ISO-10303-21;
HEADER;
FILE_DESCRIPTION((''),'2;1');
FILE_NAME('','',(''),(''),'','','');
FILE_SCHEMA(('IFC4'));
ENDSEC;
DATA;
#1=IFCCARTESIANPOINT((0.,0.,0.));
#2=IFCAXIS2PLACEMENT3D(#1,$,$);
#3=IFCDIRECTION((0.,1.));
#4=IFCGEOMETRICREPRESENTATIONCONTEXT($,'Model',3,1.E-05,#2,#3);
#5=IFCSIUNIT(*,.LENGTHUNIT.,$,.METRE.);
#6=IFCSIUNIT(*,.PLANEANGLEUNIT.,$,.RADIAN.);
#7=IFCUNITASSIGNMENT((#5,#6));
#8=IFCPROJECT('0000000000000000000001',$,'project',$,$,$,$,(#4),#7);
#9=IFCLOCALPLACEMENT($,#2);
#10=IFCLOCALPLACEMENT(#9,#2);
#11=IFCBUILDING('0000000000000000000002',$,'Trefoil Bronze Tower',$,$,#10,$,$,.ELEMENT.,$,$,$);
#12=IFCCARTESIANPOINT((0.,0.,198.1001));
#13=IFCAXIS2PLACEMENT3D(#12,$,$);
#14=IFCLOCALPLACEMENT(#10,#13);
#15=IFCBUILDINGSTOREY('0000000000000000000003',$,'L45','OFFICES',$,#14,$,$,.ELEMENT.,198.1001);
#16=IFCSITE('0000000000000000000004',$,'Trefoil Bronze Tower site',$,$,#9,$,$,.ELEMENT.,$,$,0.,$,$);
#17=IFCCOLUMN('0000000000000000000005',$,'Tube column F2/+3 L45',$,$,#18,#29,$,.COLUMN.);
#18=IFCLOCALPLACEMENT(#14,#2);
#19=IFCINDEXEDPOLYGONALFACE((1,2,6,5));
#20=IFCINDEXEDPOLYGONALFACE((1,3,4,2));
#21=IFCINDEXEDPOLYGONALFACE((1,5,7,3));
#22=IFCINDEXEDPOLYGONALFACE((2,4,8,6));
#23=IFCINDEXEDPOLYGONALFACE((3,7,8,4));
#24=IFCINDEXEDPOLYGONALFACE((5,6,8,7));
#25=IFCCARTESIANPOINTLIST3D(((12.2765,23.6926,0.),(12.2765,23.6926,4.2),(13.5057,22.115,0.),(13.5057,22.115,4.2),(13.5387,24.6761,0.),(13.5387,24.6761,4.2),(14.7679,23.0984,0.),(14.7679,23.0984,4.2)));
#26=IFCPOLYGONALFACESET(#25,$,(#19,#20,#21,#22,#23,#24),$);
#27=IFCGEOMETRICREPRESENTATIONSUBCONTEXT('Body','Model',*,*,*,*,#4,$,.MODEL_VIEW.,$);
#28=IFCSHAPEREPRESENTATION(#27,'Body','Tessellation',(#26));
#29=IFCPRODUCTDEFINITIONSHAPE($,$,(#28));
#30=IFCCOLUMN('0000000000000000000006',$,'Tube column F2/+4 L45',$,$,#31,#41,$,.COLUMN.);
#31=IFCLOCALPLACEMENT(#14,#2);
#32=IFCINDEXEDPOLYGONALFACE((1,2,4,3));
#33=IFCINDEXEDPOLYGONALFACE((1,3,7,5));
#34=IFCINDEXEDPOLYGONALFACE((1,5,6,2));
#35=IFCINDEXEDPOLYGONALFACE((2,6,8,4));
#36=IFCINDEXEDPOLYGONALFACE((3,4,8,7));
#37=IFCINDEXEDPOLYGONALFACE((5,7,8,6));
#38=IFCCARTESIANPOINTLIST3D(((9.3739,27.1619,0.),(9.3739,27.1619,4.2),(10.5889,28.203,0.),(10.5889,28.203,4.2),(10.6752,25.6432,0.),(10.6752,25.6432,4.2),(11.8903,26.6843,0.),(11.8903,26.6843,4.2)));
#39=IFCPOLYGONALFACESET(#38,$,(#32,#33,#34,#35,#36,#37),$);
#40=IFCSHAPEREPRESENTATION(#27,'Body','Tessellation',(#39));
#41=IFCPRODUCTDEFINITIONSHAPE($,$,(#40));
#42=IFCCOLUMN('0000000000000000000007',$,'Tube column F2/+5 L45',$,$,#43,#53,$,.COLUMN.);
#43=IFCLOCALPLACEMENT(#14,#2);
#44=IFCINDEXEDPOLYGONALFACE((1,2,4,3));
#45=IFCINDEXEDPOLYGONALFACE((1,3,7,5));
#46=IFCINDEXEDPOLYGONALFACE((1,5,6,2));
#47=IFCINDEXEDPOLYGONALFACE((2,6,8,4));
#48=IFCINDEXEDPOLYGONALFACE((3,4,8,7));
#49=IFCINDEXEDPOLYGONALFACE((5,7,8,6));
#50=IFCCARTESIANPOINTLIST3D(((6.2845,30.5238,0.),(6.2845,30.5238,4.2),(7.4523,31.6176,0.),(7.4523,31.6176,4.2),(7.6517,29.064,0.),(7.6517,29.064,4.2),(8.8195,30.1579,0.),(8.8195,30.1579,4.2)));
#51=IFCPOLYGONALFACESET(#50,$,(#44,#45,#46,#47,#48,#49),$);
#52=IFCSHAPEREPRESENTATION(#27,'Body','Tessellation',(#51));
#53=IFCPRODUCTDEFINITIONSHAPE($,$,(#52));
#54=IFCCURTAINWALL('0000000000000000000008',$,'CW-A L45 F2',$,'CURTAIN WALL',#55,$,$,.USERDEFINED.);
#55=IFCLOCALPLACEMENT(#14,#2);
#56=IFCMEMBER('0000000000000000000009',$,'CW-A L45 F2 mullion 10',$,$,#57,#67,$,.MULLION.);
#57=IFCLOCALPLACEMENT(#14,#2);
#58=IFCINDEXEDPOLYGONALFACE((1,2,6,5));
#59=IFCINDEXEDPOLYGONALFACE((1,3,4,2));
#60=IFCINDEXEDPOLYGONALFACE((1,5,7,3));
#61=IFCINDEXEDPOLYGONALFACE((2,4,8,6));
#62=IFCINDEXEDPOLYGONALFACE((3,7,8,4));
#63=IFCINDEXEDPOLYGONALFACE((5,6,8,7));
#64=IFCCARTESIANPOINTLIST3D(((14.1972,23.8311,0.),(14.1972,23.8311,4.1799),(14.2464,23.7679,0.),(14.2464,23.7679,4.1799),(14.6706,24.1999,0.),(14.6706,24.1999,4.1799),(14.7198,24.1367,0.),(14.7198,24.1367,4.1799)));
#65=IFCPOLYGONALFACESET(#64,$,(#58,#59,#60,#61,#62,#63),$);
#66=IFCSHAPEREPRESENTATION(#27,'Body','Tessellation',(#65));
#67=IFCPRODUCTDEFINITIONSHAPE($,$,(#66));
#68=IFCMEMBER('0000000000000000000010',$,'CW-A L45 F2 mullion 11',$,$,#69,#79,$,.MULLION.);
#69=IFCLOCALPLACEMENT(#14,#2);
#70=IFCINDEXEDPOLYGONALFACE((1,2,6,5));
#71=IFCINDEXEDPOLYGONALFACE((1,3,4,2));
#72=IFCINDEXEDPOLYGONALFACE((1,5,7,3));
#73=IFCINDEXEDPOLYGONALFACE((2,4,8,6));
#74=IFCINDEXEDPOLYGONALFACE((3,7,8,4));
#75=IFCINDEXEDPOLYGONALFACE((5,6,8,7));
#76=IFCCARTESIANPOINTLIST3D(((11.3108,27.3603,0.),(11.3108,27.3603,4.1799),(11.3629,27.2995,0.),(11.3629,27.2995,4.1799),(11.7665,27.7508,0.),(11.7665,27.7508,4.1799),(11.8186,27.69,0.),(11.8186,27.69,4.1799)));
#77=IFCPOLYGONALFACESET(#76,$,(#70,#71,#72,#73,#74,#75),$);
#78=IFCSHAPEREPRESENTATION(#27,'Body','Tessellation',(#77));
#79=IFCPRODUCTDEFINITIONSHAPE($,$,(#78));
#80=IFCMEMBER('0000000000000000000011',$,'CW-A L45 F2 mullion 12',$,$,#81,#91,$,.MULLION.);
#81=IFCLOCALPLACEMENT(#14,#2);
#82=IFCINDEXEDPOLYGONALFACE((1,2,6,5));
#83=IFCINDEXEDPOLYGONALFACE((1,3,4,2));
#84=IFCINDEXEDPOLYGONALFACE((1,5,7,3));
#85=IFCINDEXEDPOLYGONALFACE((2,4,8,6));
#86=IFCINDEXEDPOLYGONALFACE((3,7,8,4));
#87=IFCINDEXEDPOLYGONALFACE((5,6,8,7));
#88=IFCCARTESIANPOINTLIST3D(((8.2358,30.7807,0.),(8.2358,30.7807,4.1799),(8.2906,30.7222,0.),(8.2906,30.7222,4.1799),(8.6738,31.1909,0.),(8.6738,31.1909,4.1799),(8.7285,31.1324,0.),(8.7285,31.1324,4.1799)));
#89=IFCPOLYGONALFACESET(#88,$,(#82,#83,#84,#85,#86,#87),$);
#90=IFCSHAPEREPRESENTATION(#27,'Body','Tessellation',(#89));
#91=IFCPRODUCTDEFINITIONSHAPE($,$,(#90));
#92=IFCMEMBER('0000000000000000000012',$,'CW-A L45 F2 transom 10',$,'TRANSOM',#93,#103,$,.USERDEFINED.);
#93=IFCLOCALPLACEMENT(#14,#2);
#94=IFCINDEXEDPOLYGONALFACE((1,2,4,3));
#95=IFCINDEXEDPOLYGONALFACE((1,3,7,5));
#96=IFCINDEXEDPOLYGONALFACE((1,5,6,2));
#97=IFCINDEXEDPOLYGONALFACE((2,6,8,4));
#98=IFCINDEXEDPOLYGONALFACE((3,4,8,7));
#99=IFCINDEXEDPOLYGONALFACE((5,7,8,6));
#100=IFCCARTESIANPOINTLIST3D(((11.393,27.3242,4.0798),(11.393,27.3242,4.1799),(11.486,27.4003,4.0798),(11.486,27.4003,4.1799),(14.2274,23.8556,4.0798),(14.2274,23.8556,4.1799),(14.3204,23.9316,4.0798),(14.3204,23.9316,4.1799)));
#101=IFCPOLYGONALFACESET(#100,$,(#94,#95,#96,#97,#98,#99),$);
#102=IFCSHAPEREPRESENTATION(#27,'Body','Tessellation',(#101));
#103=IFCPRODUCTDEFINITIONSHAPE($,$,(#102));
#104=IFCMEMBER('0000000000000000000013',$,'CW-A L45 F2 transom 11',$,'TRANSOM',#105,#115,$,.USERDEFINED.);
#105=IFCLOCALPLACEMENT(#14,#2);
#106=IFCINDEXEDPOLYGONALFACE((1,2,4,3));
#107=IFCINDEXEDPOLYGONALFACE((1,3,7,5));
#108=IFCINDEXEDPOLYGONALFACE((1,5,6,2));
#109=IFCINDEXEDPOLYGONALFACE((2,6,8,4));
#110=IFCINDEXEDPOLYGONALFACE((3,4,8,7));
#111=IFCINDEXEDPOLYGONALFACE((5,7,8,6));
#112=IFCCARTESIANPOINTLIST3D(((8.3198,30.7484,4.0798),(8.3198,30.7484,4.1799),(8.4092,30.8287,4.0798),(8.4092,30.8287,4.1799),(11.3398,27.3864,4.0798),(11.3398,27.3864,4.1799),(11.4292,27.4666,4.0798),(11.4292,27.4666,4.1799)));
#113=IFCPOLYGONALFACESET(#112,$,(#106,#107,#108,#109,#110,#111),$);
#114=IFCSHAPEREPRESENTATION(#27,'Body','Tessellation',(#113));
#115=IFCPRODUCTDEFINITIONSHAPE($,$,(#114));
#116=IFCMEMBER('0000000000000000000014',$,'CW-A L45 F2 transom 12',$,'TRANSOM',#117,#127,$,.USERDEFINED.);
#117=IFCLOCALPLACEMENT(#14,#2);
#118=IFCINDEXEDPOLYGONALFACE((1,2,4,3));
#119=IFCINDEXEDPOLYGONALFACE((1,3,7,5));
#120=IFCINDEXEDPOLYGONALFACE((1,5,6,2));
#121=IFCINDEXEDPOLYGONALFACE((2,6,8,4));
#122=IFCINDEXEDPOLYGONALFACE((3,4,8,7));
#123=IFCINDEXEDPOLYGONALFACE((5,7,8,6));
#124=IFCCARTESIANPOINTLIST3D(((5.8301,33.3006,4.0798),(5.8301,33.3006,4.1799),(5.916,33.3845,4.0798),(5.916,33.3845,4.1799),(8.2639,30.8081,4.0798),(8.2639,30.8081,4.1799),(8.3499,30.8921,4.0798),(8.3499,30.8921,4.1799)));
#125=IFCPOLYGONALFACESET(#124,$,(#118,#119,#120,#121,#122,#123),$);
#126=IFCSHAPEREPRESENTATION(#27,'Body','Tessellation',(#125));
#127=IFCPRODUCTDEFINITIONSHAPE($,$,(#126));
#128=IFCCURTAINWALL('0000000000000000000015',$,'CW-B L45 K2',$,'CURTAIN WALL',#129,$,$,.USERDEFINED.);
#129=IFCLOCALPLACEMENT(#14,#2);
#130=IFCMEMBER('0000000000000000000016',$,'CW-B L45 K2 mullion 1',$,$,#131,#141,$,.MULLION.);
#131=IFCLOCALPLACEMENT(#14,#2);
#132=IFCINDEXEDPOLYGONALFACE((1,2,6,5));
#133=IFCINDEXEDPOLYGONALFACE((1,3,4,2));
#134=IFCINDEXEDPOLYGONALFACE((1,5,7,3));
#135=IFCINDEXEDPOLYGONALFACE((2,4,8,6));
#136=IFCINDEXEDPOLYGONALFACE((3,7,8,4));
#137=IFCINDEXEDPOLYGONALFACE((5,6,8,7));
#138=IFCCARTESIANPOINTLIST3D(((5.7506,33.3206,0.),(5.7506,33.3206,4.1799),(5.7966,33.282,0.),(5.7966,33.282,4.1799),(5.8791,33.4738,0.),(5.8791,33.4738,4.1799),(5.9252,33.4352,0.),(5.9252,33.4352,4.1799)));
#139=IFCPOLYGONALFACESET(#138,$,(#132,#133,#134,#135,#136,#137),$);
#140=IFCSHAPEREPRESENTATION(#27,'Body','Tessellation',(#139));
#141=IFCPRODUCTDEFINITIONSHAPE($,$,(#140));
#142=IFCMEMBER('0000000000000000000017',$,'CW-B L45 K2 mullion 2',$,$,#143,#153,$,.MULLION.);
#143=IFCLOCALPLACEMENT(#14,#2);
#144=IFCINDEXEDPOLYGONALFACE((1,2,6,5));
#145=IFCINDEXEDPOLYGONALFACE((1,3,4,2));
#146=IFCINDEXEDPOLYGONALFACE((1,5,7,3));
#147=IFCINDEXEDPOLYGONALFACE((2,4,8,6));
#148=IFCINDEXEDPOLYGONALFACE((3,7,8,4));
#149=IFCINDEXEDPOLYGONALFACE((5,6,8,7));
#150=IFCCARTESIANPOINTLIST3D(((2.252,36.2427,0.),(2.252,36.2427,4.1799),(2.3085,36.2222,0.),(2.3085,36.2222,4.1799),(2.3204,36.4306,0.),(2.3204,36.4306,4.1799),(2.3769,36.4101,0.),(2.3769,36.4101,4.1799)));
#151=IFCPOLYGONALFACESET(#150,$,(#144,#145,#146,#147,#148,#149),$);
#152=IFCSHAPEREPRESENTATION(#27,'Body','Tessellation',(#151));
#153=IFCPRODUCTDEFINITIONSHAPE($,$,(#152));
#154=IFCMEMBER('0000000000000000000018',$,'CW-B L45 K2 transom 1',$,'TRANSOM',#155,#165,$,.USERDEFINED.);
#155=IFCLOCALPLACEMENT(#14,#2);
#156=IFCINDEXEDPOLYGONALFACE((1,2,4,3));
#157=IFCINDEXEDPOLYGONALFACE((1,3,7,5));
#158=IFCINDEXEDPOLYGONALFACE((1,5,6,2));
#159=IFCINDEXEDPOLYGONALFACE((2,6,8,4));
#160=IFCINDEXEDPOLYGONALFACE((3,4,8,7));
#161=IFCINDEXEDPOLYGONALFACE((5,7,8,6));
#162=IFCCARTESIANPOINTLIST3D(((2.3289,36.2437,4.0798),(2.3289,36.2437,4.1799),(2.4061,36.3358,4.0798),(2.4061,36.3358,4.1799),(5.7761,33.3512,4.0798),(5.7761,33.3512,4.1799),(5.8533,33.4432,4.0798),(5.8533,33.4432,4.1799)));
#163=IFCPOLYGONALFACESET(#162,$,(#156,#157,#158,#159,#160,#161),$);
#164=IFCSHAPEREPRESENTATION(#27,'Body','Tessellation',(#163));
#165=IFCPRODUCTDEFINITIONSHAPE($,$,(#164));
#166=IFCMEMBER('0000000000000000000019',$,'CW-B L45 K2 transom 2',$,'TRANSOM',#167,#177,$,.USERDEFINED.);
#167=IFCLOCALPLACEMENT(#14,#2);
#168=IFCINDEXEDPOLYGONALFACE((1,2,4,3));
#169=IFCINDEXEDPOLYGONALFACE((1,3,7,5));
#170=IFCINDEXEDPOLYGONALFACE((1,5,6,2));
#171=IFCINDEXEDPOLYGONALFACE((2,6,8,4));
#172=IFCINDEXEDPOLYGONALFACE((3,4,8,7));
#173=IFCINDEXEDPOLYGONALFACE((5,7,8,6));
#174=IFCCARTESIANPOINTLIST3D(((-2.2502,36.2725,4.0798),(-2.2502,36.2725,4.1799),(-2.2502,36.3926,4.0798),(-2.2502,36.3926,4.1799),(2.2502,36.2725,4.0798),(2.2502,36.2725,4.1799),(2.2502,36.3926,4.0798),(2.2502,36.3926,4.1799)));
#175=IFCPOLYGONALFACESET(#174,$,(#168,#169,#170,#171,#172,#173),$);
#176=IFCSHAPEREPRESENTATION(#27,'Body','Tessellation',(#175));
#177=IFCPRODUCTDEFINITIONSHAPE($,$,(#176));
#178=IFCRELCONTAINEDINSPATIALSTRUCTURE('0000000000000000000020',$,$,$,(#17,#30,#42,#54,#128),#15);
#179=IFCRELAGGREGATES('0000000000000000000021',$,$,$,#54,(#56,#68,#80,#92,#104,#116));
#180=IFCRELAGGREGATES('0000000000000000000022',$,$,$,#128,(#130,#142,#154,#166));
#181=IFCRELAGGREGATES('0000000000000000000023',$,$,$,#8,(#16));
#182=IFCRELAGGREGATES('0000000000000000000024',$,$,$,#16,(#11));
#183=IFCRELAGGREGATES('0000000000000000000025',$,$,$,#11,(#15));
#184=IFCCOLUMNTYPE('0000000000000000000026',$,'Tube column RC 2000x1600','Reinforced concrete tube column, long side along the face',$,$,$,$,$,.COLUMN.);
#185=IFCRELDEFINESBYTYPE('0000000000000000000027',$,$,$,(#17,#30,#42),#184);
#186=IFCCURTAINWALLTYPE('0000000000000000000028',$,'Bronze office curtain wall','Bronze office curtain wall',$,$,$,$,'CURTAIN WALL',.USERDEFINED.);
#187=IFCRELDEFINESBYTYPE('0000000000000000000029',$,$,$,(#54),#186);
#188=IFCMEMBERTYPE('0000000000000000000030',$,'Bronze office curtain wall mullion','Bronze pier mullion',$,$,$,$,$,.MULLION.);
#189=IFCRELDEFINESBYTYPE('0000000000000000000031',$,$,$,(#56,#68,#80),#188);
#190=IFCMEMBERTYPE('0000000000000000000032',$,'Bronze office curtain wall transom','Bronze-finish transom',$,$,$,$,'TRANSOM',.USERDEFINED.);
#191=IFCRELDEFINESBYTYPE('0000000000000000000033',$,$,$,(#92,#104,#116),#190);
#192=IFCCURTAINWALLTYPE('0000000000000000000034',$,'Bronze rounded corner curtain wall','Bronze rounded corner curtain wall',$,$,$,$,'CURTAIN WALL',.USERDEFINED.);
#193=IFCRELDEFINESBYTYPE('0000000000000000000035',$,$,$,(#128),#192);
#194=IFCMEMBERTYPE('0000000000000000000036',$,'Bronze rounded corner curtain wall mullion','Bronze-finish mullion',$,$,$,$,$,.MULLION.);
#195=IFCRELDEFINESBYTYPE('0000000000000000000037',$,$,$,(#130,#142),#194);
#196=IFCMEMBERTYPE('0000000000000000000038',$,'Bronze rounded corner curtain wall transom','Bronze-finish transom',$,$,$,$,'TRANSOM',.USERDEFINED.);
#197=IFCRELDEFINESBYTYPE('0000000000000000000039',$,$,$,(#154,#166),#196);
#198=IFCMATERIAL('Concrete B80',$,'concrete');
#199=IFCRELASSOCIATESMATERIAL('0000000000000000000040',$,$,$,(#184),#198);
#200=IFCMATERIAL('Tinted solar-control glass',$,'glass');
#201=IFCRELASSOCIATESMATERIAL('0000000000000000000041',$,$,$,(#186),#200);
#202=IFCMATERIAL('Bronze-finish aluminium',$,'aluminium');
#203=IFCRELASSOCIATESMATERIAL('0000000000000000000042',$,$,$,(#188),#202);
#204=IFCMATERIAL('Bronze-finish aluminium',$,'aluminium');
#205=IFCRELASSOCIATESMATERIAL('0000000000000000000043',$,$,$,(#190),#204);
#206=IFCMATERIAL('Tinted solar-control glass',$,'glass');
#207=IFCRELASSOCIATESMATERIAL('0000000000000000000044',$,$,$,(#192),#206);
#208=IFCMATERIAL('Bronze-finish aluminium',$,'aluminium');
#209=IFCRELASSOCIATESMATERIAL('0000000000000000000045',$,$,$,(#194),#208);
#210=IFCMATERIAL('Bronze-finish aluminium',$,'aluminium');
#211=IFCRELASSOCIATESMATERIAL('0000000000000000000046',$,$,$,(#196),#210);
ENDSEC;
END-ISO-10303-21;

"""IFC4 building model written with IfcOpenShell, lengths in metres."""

from ifc_helpers import new_model, si_unit, direction, frame, origin, origin_2d, place, context, subcontext, project, spatial, rectangle, extrude, material, material_profile, profile_set, type_object, element, aggregate, save


model = new_model("IFC4")

# Units and contexts
model_context = context("Model", 3, precision=1e-05, world=origin(), true_north=direction((0.0, 1.0)))
body_context = subcontext(model_context, "Body", "Model", "MODEL_VIEW")
ifc_project = project(units=[si_unit("LENGTHUNIT", "METRE"), si_unit("PLANEANGLEUNIT", "RADIAN")], contexts=[model_context])

# Site, building, storey
site_placement = place(None, origin())
site = spatial("IfcSite", under=ifc_project, at=site_placement, Name="Trefoil Bronze Tower site", CompositionType="ELEMENT", RefElevation=0.0)
building_placement = place(site_placement, origin())
building = spatial("IfcBuilding", under=site, at=building_placement, Name="Trefoil Bronze Tower", CompositionType="ELEMENT")
storey_placement = place(building_placement, frame((0.0, 0.0, 198.1001)))
storey = spatial("IfcBuildingStorey", under=building, at=storey_placement, Name="L45", Description="OFFICES", CompositionType="ELEMENT", Elevation=198.1001)

# Columns
ifc_material_1 = material(Name="Concrete B80", Category="concrete")
ifc_material_profile_1 = material_profile(ifc_material_1, rectangle(XDim=2.0, YDim=1.6001, at=origin_2d()), Name="RC 2000x1600")
ifc_profile_set_1 = profile_set([ifc_material_profile_1], Name="Concrete B80")
column_type = type_object("IfcColumnType", Name="Tube column RC 2000x1600", Description="Reinforced concrete tube column, long side along the face", PredefinedType="COLUMN", material=ifc_profile_set_1)
for number, where, z_axis, x_axis, name in (
    (1, (13.5222, 23.3955, 0.0), (0.0, 0.0, 1.0), (-0.614622, 0.788821, 0.0), "Tube column F2/+3 L45"),
    (2, (10.6321, 26.9231, 0.0), (0.0, 0.0, 1.0), (-0.650677, 0.759355, 0.0), "Tube column F2/+4 L45"),
    (3, (7.552, 30.3408, 0.0), (0.0, 0.0, 1.0), (-0.683597, 0.72986, 0.0), "Tube column F2/+5 L45"),
):
    element("IfcColumn", number, at=place(storey_placement, frame(where, z_axis=z_axis, x_axis=x_axis)), inside=storey, type_object=column_type, Name=name, PredefinedType="COLUMN", context=body_context, shape_type="SweptSolid", body=[
        extrude(rectangle(XDim=2.0, YDim=1.6001, at=origin_2d()), origin(), (0.0, 0.0, 1.0), 4.2),
    ])

# Curtain walls, members
ifc_material_2 = material(Name="Tinted solar-control glass", Category="glass")
curtain_wall_type_1 = type_object("IfcCurtainWallType", Name="Bronze office curtain wall", Description="Bronze office curtain wall", ElementType="CURTAIN WALL", PredefinedType="USERDEFINED", material=ifc_material_2)
curtain_wall_1_placement = place(storey_placement, origin())
curtain_wall_1 = element("IfcCurtainWall", 4, at=curtain_wall_1_placement, inside=storey, type_object=curtain_wall_type_1, Name="CW-A L45 F2", ObjectType="CURTAIN WALL", PredefinedType="USERDEFINED")
ifc_material_3 = material(Name="Bronze-finish aluminium", Category="aluminium")
ifc_material_profile_2 = material_profile(ifc_material_3, rectangle(XDim=0.6001, YDim=0.0801, at=origin_2d()), Name="CW-A mullion")
ifc_profile_set_2 = profile_set([ifc_material_profile_2], Name="Bronze-finish aluminium")
member_type_1 = type_object("IfcMemberType", Name="Bronze office curtain wall mullion", Description="Bronze pier mullion", PredefinedType="MULLION", material=ifc_profile_set_2)
member_1_placement = place(storey_placement, frame((14.4585, 23.9839, 0.0), z_axis=(0.0, 0.0, 1.0), x_axis=(-0.788821, -0.614622, 0.0)))
member_1 = element("IfcMember", 5, at=member_1_placement, type_object=member_type_1, Name="CW-A L45 F2 mullion 10", PredefinedType="MULLION", context=body_context, shape_type="SweptSolid", body=[
    extrude(rectangle(XDim=0.6001, YDim=0.0801, at=origin_2d()), origin(), (0.0, 0.0, 1.0), 4.1799),
])
member_2_placement = place(storey_placement, frame((11.5647, 27.5251, 0.0), z_axis=(0.0, 0.0, 1.0), x_axis=(-0.759355, -0.650677, 0.0)))
member_2 = element("IfcMember", 6, at=member_2_placement, type_object=member_type_1, Name="CW-A L45 F2 mullion 11", PredefinedType="MULLION", context=body_context, shape_type="SweptSolid", body=[
    extrude(rectangle(XDim=0.6001, YDim=0.0801, at=origin_2d()), origin(), (0.0, 0.0, 1.0), 4.1799),
])
member_3_placement = place(storey_placement, frame((8.4822, 30.9565, 0.0), z_axis=(0.0, 0.0, 1.0), x_axis=(-0.72986, -0.683597, 0.0)))
member_3 = element("IfcMember", 7, at=member_3_placement, type_object=member_type_1, Name="CW-A L45 F2 mullion 12", PredefinedType="MULLION", context=body_context, shape_type="SweptSolid", body=[
    extrude(rectangle(XDim=0.6001, YDim=0.0801, at=origin_2d()), origin(), (0.0, 0.0, 1.0), 4.1799),
])
ifc_material_4 = material(Name="Bronze-finish aluminium", Category="aluminium")
ifc_material_profile_3 = material_profile(ifc_material_4, rectangle(XDim=0.1201, YDim=0.1001, at=origin_2d()), Name="CW-A transom")
ifc_profile_set_3 = profile_set([ifc_material_profile_3], Name="Bronze-finish aluminium")
member_type_2 = type_object("IfcMemberType", Name="Bronze office curtain wall transom", Description="Bronze-finish transom", ElementType="TRANSOM", PredefinedType="USERDEFINED", material=ifc_profile_set_3)
member_4_placement = place(storey_placement, frame((14.2739, 23.8936, 4.1299), z_axis=(-0.632757, 0.774351, 0.0), x_axis=(-0.774351, -0.632757, 0.0)))
member_4 = element("IfcMember", 8, at=member_4_placement, type_object=member_type_2, Name="CW-A L45 F2 transom 10", ObjectType="TRANSOM", PredefinedType="USERDEFINED", context=body_context, shape_type="SweptSolid", body=[
    extrude(rectangle(XDim=0.1201, YDim=0.1001, at=origin_2d()), origin(), (0.0, 0.0, 1.0), 4.4795),
])
member_5_placement = place(storey_placement, frame((11.3845, 27.4265, 4.1299), z_axis=(-0.668251, 0.743936, 0.0), x_axis=(-0.743936, -0.668251, 0.0)))
member_5 = element("IfcMember", 9, at=member_5_placement, type_object=member_type_2, Name="CW-A L45 F2 transom 11", ObjectType="TRANSOM", PredefinedType="USERDEFINED", context=body_context, shape_type="SweptSolid", body=[
    extrude(rectangle(XDim=0.1201, YDim=0.1001, at=origin_2d()), origin(), (0.0, 0.0, 1.0), 4.5193),
])
member_6_placement = place(storey_placement, frame((8.3069, 30.8501, 4.1299), z_axis=(-0.698647, 0.715467, 0.0), x_axis=(-0.715467, -0.698647, 0.0)))
member_6 = element("IfcMember", 10, at=member_6_placement, type_object=member_type_2, Name="CW-A L45 F2 transom 12", ObjectType="TRANSOM", PredefinedType="USERDEFINED", context=body_context, shape_type="SweptSolid", body=[
    extrude(rectangle(XDim=0.1201, YDim=0.1001, at=origin_2d()), origin(), (0.0, 0.0, 1.0), 3.4836),
])
ifc_material_5 = material(Name="Tinted solar-control glass", Category="glass")
curtain_wall_type_2 = type_object("IfcCurtainWallType", Name="Bronze rounded corner curtain wall", Description="Bronze rounded corner curtain wall", ElementType="CURTAIN WALL", PredefinedType="USERDEFINED", material=ifc_material_5)
curtain_wall_2_placement = place(storey_placement, origin())
curtain_wall_2 = element("IfcCurtainWall", 11, at=curtain_wall_2_placement, inside=storey, type_object=curtain_wall_type_2, Name="CW-B L45 K2", ObjectType="CURTAIN WALL", PredefinedType="USERDEFINED")
ifc_material_6 = material(Name="Bronze-finish aluminium", Category="aluminium")
ifc_material_profile_4 = material_profile(ifc_material_6, rectangle(XDim=0.2, YDim=0.0601, at=origin_2d()), Name="CW-B mullion")
ifc_profile_set_4 = profile_set([ifc_material_profile_4], Name="Bronze-finish aluminium")
member_type_3 = type_object("IfcMemberType", Name="Bronze rounded corner curtain wall mullion", Description="Bronze-finish mullion", PredefinedType="MULLION", material=ifc_profile_set_4)
member_7_placement = place(storey_placement, frame((5.8379, 33.3779, 0.0), z_axis=(0.0, 0.0, 1.0), x_axis=(-0.642788, -0.766044, 0.0)))
member_7 = element("IfcMember", 12, at=member_7_placement, type_object=member_type_3, Name="CW-B L45 K2 mullion 1", PredefinedType="MULLION", context=body_context, shape_type="SweptSolid", body=[
    extrude(rectangle(XDim=0.2, YDim=0.0601, at=origin_2d()), origin(), (0.0, 0.0, 1.0), 4.1799),
])
member_8_placement = place(storey_placement, frame((2.3145, 36.3264, 0.0), z_axis=(0.0, 0.0, 1.0), x_axis=(-0.34202, -0.939693, 0.0)))
member_8 = element("IfcMember", 13, at=member_8_placement, type_object=member_type_3, Name="CW-B L45 K2 mullion 2", PredefinedType="MULLION", context=body_context, shape_type="SweptSolid", body=[
    extrude(rectangle(XDim=0.2, YDim=0.0601, at=origin_2d()), origin(), (0.0, 0.0, 1.0), 4.1799),
])
ifc_material_7 = material(Name="Bronze-finish aluminium", Category="aluminium")
ifc_material_profile_5 = material_profile(ifc_material_7, rectangle(XDim=0.1201, YDim=0.1001, at=origin_2d()), Name="CW-B transom")
ifc_profile_set_5 = profile_set([ifc_material_profile_5], Name="Bronze-finish aluminium")
member_type_4 = type_object("IfcMemberType", Name="Bronze rounded corner curtain wall transom", Description="Bronze-finish transom", ElementType="TRANSOM", PredefinedType="USERDEFINED", material=ifc_profile_set_5)
member_9_placement = place(storey_placement, frame((5.8147, 33.3972, 4.1299), z_axis=(-0.766047, 0.642785, 0.0), x_axis=(-0.642785, -0.766047, 0.0)))
member_9 = element("IfcMember", 14, at=member_9_placement, type_object=member_type_4, Name="CW-B L45 K2 transom 1", ObjectType="TRANSOM", PredefinedType="USERDEFINED", context=body_context, shape_type="SweptSolid", body=[
    extrude(rectangle(XDim=0.1201, YDim=0.1001, at=origin_2d()), origin(), (0.0, 0.0, 1.0), 4.5),
])
member_10_placement = place(storey_placement, frame((2.2502, 36.3325, 4.1299), z_axis=(-1.0, 0.0, 0.0), x_axis=(0.0, -1.0, 0.0)))
member_10 = element("IfcMember", 15, at=member_10_placement, type_object=member_type_4, Name="CW-B L45 K2 transom 2", ObjectType="TRANSOM", PredefinedType="USERDEFINED", context=body_context, shape_type="SweptSolid", body=[
    extrude(rectangle(XDim=0.1201, YDim=0.1001, at=origin_2d()), origin(), (0.0, 0.0, 1.0), 4.5005),
])

aggregate(curtain_wall_1, [member_1, member_2, member_3, member_4, member_5, member_6])
aggregate(curtain_wall_2, [member_7, member_8, member_9, member_10])

save(model, "model.ifc")
